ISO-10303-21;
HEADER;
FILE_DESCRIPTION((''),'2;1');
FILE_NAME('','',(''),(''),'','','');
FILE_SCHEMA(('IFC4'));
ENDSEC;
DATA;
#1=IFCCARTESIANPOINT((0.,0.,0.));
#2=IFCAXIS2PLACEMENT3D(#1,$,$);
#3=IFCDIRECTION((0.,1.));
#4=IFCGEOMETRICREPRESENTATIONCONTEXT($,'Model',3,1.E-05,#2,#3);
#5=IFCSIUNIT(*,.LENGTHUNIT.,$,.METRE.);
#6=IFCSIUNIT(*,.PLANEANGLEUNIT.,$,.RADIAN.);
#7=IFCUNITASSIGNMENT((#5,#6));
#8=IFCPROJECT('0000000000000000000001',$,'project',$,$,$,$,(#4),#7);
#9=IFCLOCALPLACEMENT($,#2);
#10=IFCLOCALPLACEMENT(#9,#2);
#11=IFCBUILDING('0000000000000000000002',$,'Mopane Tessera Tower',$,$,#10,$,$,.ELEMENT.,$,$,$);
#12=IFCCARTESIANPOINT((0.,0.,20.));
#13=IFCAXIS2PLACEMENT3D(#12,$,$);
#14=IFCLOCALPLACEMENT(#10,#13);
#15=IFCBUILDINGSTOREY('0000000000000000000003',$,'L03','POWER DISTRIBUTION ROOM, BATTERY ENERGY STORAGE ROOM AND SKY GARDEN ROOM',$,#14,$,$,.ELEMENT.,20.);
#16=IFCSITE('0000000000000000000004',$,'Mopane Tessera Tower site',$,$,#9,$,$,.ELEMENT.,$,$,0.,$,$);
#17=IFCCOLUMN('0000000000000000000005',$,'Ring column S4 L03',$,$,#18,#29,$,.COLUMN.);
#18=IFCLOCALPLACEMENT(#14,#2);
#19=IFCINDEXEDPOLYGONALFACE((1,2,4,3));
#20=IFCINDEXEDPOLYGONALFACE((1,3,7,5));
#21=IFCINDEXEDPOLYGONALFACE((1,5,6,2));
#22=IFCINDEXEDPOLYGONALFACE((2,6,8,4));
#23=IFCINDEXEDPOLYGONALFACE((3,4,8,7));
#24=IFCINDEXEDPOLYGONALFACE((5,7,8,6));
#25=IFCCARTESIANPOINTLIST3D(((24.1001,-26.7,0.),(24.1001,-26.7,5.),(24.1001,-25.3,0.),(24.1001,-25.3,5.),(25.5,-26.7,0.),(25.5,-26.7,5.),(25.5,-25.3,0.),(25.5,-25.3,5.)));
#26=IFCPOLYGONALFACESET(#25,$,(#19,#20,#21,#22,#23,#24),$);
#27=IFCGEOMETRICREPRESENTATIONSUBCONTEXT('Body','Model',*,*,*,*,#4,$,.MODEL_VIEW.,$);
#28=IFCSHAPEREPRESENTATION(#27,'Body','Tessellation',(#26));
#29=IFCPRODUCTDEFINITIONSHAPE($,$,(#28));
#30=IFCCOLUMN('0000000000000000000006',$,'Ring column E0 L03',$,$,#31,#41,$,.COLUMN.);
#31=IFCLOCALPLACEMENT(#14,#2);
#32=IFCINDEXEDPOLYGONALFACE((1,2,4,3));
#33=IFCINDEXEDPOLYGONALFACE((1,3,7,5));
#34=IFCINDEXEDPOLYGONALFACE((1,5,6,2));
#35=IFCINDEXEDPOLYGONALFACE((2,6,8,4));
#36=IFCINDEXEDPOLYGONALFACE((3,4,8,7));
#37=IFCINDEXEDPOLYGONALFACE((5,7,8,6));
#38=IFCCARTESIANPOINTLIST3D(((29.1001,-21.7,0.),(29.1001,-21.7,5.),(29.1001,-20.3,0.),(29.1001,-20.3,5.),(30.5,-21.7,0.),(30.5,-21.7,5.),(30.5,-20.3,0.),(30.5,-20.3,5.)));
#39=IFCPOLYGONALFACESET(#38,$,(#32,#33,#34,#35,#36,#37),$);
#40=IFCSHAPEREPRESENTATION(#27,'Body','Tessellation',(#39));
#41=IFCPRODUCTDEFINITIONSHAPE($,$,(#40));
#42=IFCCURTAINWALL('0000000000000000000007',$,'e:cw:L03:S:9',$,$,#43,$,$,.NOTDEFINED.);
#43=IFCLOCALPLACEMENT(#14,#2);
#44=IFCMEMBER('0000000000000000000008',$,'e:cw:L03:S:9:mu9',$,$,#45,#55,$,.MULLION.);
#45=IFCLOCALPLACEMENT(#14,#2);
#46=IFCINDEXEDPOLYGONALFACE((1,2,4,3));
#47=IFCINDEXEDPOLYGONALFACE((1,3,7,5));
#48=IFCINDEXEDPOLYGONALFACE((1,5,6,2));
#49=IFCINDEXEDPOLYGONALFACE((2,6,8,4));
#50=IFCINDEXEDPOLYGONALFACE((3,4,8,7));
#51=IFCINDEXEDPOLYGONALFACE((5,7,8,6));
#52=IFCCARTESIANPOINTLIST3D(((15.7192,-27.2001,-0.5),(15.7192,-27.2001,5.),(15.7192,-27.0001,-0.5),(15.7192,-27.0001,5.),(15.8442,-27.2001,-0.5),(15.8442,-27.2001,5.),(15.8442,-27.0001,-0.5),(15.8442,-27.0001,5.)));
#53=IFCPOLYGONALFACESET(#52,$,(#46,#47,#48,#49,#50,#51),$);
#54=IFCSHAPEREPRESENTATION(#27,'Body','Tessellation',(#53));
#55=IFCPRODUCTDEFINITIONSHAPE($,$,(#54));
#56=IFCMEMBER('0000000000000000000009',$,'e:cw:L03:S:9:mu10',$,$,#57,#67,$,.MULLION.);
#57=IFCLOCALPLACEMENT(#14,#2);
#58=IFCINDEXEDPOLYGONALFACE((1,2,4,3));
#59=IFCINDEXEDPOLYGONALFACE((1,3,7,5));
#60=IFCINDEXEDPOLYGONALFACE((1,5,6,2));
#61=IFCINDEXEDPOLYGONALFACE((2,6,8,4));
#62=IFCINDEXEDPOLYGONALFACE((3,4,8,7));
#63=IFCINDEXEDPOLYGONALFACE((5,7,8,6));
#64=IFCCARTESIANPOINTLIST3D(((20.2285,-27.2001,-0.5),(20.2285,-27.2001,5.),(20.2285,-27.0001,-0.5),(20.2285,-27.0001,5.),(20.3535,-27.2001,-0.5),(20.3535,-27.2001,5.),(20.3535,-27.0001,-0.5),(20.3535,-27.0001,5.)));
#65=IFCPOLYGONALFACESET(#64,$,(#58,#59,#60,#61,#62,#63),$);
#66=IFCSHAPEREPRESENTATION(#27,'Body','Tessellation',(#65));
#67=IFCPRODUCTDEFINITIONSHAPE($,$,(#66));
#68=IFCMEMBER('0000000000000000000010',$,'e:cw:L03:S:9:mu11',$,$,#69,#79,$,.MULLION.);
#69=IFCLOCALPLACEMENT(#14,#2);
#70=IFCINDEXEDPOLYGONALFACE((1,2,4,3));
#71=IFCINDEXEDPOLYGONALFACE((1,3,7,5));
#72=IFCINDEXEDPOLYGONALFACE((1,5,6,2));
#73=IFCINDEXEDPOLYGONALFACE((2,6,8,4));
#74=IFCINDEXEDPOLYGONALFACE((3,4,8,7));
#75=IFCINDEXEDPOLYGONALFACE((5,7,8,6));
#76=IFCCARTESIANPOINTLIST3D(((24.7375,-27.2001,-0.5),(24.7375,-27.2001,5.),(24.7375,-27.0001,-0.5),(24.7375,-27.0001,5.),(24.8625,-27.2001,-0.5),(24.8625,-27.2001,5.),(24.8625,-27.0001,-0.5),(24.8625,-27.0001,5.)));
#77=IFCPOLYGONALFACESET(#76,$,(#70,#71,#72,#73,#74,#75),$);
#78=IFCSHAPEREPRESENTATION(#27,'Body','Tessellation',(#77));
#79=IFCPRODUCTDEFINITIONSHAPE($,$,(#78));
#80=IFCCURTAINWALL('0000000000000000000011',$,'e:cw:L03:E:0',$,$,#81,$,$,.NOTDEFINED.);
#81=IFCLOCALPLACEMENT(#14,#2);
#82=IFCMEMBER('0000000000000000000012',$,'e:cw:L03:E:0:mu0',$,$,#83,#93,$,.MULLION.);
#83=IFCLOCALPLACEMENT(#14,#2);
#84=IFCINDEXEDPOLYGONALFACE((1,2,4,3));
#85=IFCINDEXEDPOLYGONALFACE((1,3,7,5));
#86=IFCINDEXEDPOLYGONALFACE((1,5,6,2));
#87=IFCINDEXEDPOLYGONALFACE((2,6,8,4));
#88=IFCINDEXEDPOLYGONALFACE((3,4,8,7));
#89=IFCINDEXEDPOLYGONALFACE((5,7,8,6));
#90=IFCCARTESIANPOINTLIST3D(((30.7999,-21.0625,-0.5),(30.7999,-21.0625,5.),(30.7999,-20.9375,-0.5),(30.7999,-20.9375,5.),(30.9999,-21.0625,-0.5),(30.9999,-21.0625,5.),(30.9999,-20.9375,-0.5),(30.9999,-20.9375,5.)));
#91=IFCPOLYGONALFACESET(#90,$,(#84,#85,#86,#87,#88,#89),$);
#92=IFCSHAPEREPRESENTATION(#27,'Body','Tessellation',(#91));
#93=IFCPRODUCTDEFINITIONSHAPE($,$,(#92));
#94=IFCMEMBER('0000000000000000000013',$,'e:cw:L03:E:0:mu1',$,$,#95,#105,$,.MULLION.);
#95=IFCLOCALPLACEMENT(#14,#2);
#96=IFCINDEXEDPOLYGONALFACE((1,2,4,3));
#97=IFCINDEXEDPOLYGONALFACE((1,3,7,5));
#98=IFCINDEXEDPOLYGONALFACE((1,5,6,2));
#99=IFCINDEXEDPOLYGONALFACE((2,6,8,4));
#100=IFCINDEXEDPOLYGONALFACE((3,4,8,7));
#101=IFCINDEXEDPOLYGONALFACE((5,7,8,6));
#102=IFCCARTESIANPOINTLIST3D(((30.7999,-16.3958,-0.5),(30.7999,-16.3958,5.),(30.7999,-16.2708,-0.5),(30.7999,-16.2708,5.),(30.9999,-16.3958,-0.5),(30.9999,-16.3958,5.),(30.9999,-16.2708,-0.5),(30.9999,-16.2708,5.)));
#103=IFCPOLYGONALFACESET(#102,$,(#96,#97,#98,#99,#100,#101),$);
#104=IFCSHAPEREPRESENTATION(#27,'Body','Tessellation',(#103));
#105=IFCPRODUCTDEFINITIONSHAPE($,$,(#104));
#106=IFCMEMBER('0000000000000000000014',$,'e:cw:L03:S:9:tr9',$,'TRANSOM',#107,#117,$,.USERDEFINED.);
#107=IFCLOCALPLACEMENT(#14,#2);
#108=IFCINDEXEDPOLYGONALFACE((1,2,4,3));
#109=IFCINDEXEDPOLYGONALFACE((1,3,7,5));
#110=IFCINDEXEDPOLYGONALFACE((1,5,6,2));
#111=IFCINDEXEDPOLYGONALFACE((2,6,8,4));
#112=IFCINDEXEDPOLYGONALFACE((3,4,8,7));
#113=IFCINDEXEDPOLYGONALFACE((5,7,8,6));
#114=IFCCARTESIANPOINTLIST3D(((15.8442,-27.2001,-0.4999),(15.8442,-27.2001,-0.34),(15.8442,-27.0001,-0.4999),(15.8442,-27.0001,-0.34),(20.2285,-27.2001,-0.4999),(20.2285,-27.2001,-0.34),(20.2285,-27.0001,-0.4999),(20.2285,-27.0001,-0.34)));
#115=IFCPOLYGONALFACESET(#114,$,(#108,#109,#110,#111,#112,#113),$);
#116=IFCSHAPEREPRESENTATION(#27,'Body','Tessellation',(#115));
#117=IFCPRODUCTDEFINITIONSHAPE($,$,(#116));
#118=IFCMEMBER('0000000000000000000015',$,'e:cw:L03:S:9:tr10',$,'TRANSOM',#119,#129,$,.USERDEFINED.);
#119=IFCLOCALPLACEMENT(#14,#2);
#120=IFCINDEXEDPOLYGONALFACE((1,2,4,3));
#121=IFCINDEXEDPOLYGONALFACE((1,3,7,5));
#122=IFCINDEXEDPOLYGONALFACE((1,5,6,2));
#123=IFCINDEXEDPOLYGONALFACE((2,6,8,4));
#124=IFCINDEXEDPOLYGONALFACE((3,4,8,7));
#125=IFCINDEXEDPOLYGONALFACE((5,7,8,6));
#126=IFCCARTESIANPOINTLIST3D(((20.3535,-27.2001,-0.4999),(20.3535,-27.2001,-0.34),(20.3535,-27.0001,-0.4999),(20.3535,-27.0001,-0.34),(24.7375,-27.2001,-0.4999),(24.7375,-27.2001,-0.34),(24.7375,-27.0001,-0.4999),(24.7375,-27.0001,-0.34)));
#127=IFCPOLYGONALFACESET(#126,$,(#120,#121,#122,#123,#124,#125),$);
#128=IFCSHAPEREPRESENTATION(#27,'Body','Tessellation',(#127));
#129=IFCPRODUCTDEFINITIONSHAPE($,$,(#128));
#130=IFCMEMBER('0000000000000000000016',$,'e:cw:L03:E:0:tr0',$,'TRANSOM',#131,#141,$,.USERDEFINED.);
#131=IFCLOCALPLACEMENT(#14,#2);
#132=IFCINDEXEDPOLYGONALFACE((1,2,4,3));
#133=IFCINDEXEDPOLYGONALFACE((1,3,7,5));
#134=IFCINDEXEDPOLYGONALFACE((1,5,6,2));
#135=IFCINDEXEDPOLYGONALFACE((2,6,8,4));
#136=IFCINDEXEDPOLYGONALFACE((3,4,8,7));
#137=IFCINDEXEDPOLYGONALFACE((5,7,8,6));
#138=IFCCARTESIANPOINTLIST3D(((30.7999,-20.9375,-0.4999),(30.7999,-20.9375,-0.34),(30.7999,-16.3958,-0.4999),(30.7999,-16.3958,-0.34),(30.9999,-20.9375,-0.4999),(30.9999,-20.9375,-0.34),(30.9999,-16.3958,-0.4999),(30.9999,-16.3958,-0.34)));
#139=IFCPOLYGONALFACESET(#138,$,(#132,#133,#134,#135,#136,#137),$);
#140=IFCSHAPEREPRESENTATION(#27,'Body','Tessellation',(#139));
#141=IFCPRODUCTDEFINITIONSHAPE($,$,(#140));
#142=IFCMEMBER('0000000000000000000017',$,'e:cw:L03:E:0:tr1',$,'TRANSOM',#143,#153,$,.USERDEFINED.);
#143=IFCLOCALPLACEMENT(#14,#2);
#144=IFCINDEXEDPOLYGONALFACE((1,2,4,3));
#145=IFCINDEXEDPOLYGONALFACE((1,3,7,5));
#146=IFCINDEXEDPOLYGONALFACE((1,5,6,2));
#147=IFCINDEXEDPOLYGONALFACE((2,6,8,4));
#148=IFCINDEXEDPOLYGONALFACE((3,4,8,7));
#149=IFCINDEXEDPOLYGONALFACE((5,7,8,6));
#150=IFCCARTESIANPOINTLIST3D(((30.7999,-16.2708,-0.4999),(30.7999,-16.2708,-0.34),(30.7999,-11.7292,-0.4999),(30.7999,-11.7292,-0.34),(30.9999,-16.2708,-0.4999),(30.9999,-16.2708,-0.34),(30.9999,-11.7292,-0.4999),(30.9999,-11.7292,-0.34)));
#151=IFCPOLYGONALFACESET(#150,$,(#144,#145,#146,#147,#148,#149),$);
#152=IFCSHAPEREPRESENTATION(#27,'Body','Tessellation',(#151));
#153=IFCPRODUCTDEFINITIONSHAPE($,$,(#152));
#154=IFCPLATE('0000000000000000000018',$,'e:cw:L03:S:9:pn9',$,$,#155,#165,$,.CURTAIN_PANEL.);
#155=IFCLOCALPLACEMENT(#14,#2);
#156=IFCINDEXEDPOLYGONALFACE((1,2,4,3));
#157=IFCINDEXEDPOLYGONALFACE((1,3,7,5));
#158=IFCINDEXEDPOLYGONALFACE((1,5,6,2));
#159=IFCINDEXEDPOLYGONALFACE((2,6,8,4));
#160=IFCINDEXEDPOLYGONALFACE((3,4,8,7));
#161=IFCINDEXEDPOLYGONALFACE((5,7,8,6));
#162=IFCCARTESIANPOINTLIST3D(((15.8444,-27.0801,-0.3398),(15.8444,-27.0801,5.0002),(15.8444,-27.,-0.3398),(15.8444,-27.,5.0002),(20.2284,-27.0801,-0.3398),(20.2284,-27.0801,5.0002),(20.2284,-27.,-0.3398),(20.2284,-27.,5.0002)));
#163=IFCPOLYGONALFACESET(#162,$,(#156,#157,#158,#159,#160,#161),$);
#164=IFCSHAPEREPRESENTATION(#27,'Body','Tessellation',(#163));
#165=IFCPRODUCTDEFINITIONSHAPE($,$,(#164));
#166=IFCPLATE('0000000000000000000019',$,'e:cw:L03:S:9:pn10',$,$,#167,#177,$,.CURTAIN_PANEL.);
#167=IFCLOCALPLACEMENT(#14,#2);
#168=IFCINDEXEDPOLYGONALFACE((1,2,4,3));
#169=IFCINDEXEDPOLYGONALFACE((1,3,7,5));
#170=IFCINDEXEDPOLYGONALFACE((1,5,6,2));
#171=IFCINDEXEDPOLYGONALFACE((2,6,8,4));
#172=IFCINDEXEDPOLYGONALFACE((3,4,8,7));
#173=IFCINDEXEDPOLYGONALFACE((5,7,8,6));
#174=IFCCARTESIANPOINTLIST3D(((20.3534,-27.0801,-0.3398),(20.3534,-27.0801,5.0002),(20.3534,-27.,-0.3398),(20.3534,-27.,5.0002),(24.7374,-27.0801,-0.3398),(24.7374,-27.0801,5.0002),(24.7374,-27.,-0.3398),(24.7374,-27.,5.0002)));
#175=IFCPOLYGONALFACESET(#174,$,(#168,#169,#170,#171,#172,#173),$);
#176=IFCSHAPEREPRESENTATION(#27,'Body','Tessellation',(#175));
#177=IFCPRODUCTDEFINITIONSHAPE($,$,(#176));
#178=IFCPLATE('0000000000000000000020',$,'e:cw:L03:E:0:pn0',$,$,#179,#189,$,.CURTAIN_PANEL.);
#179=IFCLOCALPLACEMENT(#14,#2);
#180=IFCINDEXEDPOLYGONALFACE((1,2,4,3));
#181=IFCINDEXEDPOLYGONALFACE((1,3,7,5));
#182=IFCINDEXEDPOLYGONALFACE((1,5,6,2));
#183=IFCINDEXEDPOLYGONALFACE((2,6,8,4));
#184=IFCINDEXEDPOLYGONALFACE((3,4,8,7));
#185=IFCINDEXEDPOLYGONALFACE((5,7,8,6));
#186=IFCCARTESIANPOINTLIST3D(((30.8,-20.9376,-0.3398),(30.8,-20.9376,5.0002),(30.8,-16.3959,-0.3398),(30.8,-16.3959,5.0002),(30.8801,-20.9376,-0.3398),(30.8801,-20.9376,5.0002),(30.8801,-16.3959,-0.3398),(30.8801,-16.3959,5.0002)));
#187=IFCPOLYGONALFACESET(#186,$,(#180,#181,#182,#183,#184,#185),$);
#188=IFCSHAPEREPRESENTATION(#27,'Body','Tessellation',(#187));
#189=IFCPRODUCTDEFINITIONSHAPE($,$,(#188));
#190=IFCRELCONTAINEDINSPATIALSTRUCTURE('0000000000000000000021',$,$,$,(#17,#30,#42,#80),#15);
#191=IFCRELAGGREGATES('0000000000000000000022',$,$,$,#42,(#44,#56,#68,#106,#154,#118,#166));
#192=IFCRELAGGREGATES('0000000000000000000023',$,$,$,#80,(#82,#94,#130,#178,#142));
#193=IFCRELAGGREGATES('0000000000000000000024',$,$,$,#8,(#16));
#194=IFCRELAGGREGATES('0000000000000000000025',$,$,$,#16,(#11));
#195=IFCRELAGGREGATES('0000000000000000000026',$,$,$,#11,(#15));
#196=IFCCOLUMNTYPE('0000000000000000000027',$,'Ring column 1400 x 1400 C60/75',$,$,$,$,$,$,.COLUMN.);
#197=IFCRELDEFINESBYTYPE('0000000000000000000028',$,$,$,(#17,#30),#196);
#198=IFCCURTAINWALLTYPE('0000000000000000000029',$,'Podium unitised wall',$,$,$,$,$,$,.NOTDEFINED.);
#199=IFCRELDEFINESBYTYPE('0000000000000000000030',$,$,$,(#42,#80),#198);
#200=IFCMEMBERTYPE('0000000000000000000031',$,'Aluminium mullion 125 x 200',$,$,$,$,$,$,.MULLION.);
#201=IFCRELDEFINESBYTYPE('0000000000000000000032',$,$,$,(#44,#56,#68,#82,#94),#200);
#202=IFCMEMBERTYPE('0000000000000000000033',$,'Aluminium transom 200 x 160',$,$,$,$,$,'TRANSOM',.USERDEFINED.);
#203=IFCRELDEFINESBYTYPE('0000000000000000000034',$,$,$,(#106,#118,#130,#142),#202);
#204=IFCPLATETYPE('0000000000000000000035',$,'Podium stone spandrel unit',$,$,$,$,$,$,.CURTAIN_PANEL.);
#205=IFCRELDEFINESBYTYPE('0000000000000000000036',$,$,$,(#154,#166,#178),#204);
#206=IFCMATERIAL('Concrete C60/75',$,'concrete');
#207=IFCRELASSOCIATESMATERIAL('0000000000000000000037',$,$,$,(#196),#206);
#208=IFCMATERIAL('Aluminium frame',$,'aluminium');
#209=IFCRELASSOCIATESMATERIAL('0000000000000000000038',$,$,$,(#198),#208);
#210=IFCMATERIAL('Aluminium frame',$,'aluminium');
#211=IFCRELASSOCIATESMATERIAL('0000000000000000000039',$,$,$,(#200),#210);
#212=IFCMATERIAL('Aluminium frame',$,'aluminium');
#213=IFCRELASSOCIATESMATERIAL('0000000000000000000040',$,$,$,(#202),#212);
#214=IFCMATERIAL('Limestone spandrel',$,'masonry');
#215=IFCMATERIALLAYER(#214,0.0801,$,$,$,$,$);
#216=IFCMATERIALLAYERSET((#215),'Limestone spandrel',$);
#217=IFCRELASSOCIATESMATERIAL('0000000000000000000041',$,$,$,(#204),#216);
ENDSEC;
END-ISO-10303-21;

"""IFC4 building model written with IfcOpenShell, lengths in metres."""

from ifc_helpers import new_model, si_unit, direction, frame, origin, origin_2d, place, context, subcontext, project, spatial, rectangle, extrude, material, layer, layer_set, material_profile, profile_set, type_object, element, aggregate, save


model = new_model("IFC4")

# Units and contexts
model_context = context("Model", 3, precision=1e-05, world=origin(), true_north=direction((0.0, 1.0)))
body_context = subcontext(model_context, "Body", "Model", "MODEL_VIEW")
ifc_project = project(units=[si_unit("LENGTHUNIT", "METRE"), si_unit("PLANEANGLEUNIT", "RADIAN")], contexts=[model_context])

# Site, building, storey
site_placement = place(None, origin())
site = spatial("IfcSite", under=ifc_project, at=site_placement, Name="Mopane Tessera Tower site", CompositionType="ELEMENT", RefElevation=0.0)
building_placement = place(site_placement, origin())
building = spatial("IfcBuilding", under=site, at=building_placement, Name="Mopane Tessera Tower", CompositionType="ELEMENT")
storey_placement = place(building_placement, frame((0.0, 0.0, 20.0)))
storey = spatial("IfcBuildingStorey", under=building, at=storey_placement, Name="L03", Description="POWER DISTRIBUTION ROOM, BATTERY ENERGY STORAGE ROOM AND SKY GARDEN ROOM", CompositionType="ELEMENT", Elevation=20.0)

# Columns
ifc_material_1 = material(Name="Concrete C60/75", Category="concrete")
ifc_material_profile_1 = material_profile(ifc_material_1, rectangle(XDim=1.3999, YDim=1.3999, at=origin_2d()))
ifc_profile_set_1 = profile_set([ifc_material_profile_1], Name="Concrete C60/75")
column_type = type_object("IfcColumnType", Name="Ring column 1400 x 1400 C60/75", PredefinedType="COLUMN", material=ifc_profile_set_1)
for number, where, z_axis, x_axis, name in (
    (1, (24.8, -26.0, 0.0), (0.0, 0.0, 1.0), (1.0, 0.0, 0.0), "Ring column S4 L03"),
    (2, (29.8, -21.0, 0.0), (0.0, 0.0, 1.0), (1.0, 0.0, 0.0), "Ring column E0 L03"),
):
    element("IfcColumn", number, at=place(storey_placement, frame(where, z_axis=z_axis, x_axis=x_axis)), inside=storey, type_object=column_type, Name=name, PredefinedType="COLUMN", context=body_context, shape_type="SweptSolid", body=[
        extrude(rectangle(XDim=1.3999, YDim=1.3999, at=origin_2d()), origin(), (0.0, 0.0, 1.0), 5.0),
    ])

# Curtain walls, members
ifc_material_2 = material(Name="Aluminium frame", Category="aluminium")
curtain_wall_type = type_object("IfcCurtainWallType", Name="Podium unitised wall", PredefinedType="NOTDEFINED", material=ifc_material_2)
curtain_wall_1_placement = place(storey_placement, origin())
curtain_wall_1 = element("IfcCurtainWall", 3, at=curtain_wall_1_placement, inside=storey, type_object=curtain_wall_type, Name="e:cw:L03:S:9", PredefinedType="NOTDEFINED")
ifc_material_3 = material(Name="Aluminium frame", Category="aluminium")
ifc_material_profile_2 = material_profile(ifc_material_3, rectangle(XDim=0.125, YDim=0.2, at=origin_2d()))
ifc_profile_set_2 = profile_set([ifc_material_profile_2], Name="Aluminium frame")
member_type_1 = type_object("IfcMemberType", Name="Aluminium mullion 125 x 200", PredefinedType="MULLION", material=ifc_profile_set_2)
member_1_placement = place(storey_placement, frame((15.7817, -27.1001, -0.5), z_axis=(0.0, 0.0, 1.0), x_axis=(1.0, 0.0, 0.0)))
member_1 = element("IfcMember", 4, at=member_1_placement, type_object=member_type_1, Name="e:cw:L03:S:9:mu9", PredefinedType="MULLION", context=body_context, shape_type="SweptSolid", body=[
    extrude(rectangle(XDim=0.125, YDim=0.2, at=origin_2d()), origin(), (0.0, 0.0, 1.0), 5.5),
])
member_2_placement = place(storey_placement, frame((20.291, -27.1001, -0.5), z_axis=(0.0, 0.0, 1.0), x_axis=(1.0, 0.0, 0.0)))
member_2 = element("IfcMember", 5, at=member_2_placement, type_object=member_type_1, Name="e:cw:L03:S:9:mu10", PredefinedType="MULLION", context=body_context, shape_type="SweptSolid", body=[
    extrude(rectangle(XDim=0.125, YDim=0.2, at=origin_2d()), origin(), (0.0, 0.0, 1.0), 5.5),
])
member_3_placement = place(storey_placement, frame((24.8, -27.1001, -0.5), z_axis=(0.0, 0.0, 1.0), x_axis=(1.0, 0.0, 0.0)))
member_3 = element("IfcMember", 6, at=member_3_placement, type_object=member_type_1, Name="e:cw:L03:S:9:mu11", PredefinedType="MULLION", context=body_context, shape_type="SweptSolid", body=[
    extrude(rectangle(XDim=0.125, YDim=0.2, at=origin_2d()), origin(), (0.0, 0.0, 1.0), 5.5),
])
curtain_wall_2_placement = place(storey_placement, origin())
curtain_wall_2 = element("IfcCurtainWall", 7, at=curtain_wall_2_placement, inside=storey, type_object=curtain_wall_type, Name="e:cw:L03:E:0", PredefinedType="NOTDEFINED")
member_4_placement = place(storey_placement, frame((30.8999, -21.0, -0.5), z_axis=(0.0, 0.0, 1.0), x_axis=(0.0, 1.0, 0.0)))
member_4 = element("IfcMember", 8, at=member_4_placement, type_object=member_type_1, Name="e:cw:L03:E:0:mu0", PredefinedType="MULLION", context=body_context, shape_type="SweptSolid", body=[
    extrude(rectangle(XDim=0.125, YDim=0.2, at=origin_2d()), origin(), (0.0, 0.0, 1.0), 5.5),
])
member_5_placement = place(storey_placement, frame((30.8999, -16.3333, -0.5), z_axis=(0.0, 0.0, 1.0), x_axis=(0.0, 1.0, 0.0)))
member_5 = element("IfcMember", 9, at=member_5_placement, type_object=member_type_1, Name="e:cw:L03:E:0:mu1", PredefinedType="MULLION", context=body_context, shape_type="SweptSolid", body=[
    extrude(rectangle(XDim=0.125, YDim=0.2, at=origin_2d()), origin(), (0.0, 0.0, 1.0), 5.5),
])

# Members
ifc_material_4 = material(Name="Aluminium frame", Category="aluminium")
ifc_material_profile_3 = material_profile(ifc_material_4, rectangle(XDim=0.2, YDim=0.1599, at=origin_2d()))
ifc_profile_set_3 = profile_set([ifc_material_profile_3], Name="Aluminium frame")
member_type_2 = type_object("IfcMemberType", Name="Aluminium transom 200 x 160", ElementType="TRANSOM", PredefinedType="USERDEFINED", material=ifc_profile_set_3)
member_6_placement = place(storey_placement, frame((15.8442, -27.1001, -0.4199), z_axis=(1.0, 0.0, 0.0), x_axis=(0.0, 1.0, 0.0)))
member_6 = element("IfcMember", 10, at=member_6_placement, type_object=member_type_2, Name="e:cw:L03:S:9:tr9", ObjectType="TRANSOM", PredefinedType="USERDEFINED", context=body_context, shape_type="SweptSolid", body=[
    extrude(rectangle(XDim=0.2, YDim=0.1599, at=origin_2d()), origin(), (0.0, 0.0, 1.0), 4.3843),
])
member_7_placement = place(storey_placement, frame((20.3535, -27.1001, -0.4199), z_axis=(1.0, 0.0, 0.0), x_axis=(0.0, 1.0, 0.0)))
member_7 = element("IfcMember", 11, at=member_7_placement, type_object=member_type_2, Name="e:cw:L03:S:9:tr10", ObjectType="TRANSOM", PredefinedType="USERDEFINED", context=body_context, shape_type="SweptSolid", body=[
    extrude(rectangle(XDim=0.2, YDim=0.1599, at=origin_2d()), origin(), (0.0, 0.0, 1.0), 4.384),
])
member_8_placement = place(storey_placement, frame((30.8999, -20.9375, -0.4199), z_axis=(0.0, 1.0, 0.0), x_axis=(-1.0, 0.0, 0.0)))
member_8 = element("IfcMember", 12, at=member_8_placement, type_object=member_type_2, Name="e:cw:L03:E:0:tr0", ObjectType="TRANSOM", PredefinedType="USERDEFINED", context=body_context, shape_type="SweptSolid", body=[
    extrude(rectangle(XDim=0.2, YDim=0.1599, at=origin_2d()), origin(), (0.0, 0.0, 1.0), 4.5417),
])
member_9_placement = place(storey_placement, frame((30.8999, -16.2708, -0.4199), z_axis=(0.0, 1.0, 0.0), x_axis=(-1.0, 0.0, 0.0)))
member_9 = element("IfcMember", 13, at=member_9_placement, type_object=member_type_2, Name="e:cw:L03:E:0:tr1", ObjectType="TRANSOM", PredefinedType="USERDEFINED", context=body_context, shape_type="SweptSolid", body=[
    extrude(rectangle(XDim=0.2, YDim=0.1599, at=origin_2d()), origin(), (0.0, 0.0, 1.0), 4.5415),
])

# Plates
ifc_material_5 = material(Name="Limestone spandrel", Category="masonry")
ifc_layer_1 = layer(ifc_material_5, 0.0801)
ifc_layer_set_1 = layer_set([ifc_layer_1], Name="Limestone spandrel")
plate_type = type_object("IfcPlateType", Name="Podium stone spandrel unit", PredefinedType="CURTAIN_PANEL", material=ifc_layer_set_1)
plate_1_placement = place(storey_placement, frame((18.0364, -27.04, -0.3398), z_axis=(0.0, 0.0, 1.0), x_axis=(1.0, 0.0, 0.0)))
plate_1 = element("IfcPlate", 14, at=plate_1_placement, type_object=plate_type, Name="e:cw:L03:S:9:pn9", PredefinedType="CURTAIN_PANEL", context=body_context, shape_type="SweptSolid", body=[
    extrude(rectangle(XDim=4.384, YDim=0.0801, at=origin_2d()), origin(), (0.0, 0.0, 1.0), 5.3401),
])
plate_2_placement = place(storey_placement, frame((22.5454, -27.04, -0.3398), z_axis=(0.0, 0.0, 1.0), x_axis=(1.0, 0.0, 0.0)))
plate_2 = element("IfcPlate", 15, at=plate_2_placement, type_object=plate_type, Name="e:cw:L03:S:9:pn10", PredefinedType="CURTAIN_PANEL", context=body_context, shape_type="SweptSolid", body=[
    extrude(rectangle(XDim=4.384, YDim=0.0801, at=origin_2d()), origin(), (0.0, 0.0, 1.0), 5.3401),
])
aggregate(curtain_wall_1, [member_1, member_2, member_3, member_6, plate_1, member_7, plate_2])
plate_3_placement = place(storey_placement, frame((30.8401, -18.6667, -0.3398), z_axis=(0.0, 0.0, 1.0), x_axis=(0.0, 1.0, 0.0)))
plate_3 = element("IfcPlate", 16, at=plate_3_placement, type_object=plate_type, Name="e:cw:L03:E:0:pn0", PredefinedType="CURTAIN_PANEL", context=body_context, shape_type="SweptSolid", body=[
    extrude(rectangle(XDim=4.5417, YDim=0.0801, at=origin_2d()), origin(), (0.0, 0.0, 1.0), 5.3401),
])
aggregate(curtain_wall_2, [member_4, member_5, member_8, plate_3, member_9])

save(model, "model.ifc")
